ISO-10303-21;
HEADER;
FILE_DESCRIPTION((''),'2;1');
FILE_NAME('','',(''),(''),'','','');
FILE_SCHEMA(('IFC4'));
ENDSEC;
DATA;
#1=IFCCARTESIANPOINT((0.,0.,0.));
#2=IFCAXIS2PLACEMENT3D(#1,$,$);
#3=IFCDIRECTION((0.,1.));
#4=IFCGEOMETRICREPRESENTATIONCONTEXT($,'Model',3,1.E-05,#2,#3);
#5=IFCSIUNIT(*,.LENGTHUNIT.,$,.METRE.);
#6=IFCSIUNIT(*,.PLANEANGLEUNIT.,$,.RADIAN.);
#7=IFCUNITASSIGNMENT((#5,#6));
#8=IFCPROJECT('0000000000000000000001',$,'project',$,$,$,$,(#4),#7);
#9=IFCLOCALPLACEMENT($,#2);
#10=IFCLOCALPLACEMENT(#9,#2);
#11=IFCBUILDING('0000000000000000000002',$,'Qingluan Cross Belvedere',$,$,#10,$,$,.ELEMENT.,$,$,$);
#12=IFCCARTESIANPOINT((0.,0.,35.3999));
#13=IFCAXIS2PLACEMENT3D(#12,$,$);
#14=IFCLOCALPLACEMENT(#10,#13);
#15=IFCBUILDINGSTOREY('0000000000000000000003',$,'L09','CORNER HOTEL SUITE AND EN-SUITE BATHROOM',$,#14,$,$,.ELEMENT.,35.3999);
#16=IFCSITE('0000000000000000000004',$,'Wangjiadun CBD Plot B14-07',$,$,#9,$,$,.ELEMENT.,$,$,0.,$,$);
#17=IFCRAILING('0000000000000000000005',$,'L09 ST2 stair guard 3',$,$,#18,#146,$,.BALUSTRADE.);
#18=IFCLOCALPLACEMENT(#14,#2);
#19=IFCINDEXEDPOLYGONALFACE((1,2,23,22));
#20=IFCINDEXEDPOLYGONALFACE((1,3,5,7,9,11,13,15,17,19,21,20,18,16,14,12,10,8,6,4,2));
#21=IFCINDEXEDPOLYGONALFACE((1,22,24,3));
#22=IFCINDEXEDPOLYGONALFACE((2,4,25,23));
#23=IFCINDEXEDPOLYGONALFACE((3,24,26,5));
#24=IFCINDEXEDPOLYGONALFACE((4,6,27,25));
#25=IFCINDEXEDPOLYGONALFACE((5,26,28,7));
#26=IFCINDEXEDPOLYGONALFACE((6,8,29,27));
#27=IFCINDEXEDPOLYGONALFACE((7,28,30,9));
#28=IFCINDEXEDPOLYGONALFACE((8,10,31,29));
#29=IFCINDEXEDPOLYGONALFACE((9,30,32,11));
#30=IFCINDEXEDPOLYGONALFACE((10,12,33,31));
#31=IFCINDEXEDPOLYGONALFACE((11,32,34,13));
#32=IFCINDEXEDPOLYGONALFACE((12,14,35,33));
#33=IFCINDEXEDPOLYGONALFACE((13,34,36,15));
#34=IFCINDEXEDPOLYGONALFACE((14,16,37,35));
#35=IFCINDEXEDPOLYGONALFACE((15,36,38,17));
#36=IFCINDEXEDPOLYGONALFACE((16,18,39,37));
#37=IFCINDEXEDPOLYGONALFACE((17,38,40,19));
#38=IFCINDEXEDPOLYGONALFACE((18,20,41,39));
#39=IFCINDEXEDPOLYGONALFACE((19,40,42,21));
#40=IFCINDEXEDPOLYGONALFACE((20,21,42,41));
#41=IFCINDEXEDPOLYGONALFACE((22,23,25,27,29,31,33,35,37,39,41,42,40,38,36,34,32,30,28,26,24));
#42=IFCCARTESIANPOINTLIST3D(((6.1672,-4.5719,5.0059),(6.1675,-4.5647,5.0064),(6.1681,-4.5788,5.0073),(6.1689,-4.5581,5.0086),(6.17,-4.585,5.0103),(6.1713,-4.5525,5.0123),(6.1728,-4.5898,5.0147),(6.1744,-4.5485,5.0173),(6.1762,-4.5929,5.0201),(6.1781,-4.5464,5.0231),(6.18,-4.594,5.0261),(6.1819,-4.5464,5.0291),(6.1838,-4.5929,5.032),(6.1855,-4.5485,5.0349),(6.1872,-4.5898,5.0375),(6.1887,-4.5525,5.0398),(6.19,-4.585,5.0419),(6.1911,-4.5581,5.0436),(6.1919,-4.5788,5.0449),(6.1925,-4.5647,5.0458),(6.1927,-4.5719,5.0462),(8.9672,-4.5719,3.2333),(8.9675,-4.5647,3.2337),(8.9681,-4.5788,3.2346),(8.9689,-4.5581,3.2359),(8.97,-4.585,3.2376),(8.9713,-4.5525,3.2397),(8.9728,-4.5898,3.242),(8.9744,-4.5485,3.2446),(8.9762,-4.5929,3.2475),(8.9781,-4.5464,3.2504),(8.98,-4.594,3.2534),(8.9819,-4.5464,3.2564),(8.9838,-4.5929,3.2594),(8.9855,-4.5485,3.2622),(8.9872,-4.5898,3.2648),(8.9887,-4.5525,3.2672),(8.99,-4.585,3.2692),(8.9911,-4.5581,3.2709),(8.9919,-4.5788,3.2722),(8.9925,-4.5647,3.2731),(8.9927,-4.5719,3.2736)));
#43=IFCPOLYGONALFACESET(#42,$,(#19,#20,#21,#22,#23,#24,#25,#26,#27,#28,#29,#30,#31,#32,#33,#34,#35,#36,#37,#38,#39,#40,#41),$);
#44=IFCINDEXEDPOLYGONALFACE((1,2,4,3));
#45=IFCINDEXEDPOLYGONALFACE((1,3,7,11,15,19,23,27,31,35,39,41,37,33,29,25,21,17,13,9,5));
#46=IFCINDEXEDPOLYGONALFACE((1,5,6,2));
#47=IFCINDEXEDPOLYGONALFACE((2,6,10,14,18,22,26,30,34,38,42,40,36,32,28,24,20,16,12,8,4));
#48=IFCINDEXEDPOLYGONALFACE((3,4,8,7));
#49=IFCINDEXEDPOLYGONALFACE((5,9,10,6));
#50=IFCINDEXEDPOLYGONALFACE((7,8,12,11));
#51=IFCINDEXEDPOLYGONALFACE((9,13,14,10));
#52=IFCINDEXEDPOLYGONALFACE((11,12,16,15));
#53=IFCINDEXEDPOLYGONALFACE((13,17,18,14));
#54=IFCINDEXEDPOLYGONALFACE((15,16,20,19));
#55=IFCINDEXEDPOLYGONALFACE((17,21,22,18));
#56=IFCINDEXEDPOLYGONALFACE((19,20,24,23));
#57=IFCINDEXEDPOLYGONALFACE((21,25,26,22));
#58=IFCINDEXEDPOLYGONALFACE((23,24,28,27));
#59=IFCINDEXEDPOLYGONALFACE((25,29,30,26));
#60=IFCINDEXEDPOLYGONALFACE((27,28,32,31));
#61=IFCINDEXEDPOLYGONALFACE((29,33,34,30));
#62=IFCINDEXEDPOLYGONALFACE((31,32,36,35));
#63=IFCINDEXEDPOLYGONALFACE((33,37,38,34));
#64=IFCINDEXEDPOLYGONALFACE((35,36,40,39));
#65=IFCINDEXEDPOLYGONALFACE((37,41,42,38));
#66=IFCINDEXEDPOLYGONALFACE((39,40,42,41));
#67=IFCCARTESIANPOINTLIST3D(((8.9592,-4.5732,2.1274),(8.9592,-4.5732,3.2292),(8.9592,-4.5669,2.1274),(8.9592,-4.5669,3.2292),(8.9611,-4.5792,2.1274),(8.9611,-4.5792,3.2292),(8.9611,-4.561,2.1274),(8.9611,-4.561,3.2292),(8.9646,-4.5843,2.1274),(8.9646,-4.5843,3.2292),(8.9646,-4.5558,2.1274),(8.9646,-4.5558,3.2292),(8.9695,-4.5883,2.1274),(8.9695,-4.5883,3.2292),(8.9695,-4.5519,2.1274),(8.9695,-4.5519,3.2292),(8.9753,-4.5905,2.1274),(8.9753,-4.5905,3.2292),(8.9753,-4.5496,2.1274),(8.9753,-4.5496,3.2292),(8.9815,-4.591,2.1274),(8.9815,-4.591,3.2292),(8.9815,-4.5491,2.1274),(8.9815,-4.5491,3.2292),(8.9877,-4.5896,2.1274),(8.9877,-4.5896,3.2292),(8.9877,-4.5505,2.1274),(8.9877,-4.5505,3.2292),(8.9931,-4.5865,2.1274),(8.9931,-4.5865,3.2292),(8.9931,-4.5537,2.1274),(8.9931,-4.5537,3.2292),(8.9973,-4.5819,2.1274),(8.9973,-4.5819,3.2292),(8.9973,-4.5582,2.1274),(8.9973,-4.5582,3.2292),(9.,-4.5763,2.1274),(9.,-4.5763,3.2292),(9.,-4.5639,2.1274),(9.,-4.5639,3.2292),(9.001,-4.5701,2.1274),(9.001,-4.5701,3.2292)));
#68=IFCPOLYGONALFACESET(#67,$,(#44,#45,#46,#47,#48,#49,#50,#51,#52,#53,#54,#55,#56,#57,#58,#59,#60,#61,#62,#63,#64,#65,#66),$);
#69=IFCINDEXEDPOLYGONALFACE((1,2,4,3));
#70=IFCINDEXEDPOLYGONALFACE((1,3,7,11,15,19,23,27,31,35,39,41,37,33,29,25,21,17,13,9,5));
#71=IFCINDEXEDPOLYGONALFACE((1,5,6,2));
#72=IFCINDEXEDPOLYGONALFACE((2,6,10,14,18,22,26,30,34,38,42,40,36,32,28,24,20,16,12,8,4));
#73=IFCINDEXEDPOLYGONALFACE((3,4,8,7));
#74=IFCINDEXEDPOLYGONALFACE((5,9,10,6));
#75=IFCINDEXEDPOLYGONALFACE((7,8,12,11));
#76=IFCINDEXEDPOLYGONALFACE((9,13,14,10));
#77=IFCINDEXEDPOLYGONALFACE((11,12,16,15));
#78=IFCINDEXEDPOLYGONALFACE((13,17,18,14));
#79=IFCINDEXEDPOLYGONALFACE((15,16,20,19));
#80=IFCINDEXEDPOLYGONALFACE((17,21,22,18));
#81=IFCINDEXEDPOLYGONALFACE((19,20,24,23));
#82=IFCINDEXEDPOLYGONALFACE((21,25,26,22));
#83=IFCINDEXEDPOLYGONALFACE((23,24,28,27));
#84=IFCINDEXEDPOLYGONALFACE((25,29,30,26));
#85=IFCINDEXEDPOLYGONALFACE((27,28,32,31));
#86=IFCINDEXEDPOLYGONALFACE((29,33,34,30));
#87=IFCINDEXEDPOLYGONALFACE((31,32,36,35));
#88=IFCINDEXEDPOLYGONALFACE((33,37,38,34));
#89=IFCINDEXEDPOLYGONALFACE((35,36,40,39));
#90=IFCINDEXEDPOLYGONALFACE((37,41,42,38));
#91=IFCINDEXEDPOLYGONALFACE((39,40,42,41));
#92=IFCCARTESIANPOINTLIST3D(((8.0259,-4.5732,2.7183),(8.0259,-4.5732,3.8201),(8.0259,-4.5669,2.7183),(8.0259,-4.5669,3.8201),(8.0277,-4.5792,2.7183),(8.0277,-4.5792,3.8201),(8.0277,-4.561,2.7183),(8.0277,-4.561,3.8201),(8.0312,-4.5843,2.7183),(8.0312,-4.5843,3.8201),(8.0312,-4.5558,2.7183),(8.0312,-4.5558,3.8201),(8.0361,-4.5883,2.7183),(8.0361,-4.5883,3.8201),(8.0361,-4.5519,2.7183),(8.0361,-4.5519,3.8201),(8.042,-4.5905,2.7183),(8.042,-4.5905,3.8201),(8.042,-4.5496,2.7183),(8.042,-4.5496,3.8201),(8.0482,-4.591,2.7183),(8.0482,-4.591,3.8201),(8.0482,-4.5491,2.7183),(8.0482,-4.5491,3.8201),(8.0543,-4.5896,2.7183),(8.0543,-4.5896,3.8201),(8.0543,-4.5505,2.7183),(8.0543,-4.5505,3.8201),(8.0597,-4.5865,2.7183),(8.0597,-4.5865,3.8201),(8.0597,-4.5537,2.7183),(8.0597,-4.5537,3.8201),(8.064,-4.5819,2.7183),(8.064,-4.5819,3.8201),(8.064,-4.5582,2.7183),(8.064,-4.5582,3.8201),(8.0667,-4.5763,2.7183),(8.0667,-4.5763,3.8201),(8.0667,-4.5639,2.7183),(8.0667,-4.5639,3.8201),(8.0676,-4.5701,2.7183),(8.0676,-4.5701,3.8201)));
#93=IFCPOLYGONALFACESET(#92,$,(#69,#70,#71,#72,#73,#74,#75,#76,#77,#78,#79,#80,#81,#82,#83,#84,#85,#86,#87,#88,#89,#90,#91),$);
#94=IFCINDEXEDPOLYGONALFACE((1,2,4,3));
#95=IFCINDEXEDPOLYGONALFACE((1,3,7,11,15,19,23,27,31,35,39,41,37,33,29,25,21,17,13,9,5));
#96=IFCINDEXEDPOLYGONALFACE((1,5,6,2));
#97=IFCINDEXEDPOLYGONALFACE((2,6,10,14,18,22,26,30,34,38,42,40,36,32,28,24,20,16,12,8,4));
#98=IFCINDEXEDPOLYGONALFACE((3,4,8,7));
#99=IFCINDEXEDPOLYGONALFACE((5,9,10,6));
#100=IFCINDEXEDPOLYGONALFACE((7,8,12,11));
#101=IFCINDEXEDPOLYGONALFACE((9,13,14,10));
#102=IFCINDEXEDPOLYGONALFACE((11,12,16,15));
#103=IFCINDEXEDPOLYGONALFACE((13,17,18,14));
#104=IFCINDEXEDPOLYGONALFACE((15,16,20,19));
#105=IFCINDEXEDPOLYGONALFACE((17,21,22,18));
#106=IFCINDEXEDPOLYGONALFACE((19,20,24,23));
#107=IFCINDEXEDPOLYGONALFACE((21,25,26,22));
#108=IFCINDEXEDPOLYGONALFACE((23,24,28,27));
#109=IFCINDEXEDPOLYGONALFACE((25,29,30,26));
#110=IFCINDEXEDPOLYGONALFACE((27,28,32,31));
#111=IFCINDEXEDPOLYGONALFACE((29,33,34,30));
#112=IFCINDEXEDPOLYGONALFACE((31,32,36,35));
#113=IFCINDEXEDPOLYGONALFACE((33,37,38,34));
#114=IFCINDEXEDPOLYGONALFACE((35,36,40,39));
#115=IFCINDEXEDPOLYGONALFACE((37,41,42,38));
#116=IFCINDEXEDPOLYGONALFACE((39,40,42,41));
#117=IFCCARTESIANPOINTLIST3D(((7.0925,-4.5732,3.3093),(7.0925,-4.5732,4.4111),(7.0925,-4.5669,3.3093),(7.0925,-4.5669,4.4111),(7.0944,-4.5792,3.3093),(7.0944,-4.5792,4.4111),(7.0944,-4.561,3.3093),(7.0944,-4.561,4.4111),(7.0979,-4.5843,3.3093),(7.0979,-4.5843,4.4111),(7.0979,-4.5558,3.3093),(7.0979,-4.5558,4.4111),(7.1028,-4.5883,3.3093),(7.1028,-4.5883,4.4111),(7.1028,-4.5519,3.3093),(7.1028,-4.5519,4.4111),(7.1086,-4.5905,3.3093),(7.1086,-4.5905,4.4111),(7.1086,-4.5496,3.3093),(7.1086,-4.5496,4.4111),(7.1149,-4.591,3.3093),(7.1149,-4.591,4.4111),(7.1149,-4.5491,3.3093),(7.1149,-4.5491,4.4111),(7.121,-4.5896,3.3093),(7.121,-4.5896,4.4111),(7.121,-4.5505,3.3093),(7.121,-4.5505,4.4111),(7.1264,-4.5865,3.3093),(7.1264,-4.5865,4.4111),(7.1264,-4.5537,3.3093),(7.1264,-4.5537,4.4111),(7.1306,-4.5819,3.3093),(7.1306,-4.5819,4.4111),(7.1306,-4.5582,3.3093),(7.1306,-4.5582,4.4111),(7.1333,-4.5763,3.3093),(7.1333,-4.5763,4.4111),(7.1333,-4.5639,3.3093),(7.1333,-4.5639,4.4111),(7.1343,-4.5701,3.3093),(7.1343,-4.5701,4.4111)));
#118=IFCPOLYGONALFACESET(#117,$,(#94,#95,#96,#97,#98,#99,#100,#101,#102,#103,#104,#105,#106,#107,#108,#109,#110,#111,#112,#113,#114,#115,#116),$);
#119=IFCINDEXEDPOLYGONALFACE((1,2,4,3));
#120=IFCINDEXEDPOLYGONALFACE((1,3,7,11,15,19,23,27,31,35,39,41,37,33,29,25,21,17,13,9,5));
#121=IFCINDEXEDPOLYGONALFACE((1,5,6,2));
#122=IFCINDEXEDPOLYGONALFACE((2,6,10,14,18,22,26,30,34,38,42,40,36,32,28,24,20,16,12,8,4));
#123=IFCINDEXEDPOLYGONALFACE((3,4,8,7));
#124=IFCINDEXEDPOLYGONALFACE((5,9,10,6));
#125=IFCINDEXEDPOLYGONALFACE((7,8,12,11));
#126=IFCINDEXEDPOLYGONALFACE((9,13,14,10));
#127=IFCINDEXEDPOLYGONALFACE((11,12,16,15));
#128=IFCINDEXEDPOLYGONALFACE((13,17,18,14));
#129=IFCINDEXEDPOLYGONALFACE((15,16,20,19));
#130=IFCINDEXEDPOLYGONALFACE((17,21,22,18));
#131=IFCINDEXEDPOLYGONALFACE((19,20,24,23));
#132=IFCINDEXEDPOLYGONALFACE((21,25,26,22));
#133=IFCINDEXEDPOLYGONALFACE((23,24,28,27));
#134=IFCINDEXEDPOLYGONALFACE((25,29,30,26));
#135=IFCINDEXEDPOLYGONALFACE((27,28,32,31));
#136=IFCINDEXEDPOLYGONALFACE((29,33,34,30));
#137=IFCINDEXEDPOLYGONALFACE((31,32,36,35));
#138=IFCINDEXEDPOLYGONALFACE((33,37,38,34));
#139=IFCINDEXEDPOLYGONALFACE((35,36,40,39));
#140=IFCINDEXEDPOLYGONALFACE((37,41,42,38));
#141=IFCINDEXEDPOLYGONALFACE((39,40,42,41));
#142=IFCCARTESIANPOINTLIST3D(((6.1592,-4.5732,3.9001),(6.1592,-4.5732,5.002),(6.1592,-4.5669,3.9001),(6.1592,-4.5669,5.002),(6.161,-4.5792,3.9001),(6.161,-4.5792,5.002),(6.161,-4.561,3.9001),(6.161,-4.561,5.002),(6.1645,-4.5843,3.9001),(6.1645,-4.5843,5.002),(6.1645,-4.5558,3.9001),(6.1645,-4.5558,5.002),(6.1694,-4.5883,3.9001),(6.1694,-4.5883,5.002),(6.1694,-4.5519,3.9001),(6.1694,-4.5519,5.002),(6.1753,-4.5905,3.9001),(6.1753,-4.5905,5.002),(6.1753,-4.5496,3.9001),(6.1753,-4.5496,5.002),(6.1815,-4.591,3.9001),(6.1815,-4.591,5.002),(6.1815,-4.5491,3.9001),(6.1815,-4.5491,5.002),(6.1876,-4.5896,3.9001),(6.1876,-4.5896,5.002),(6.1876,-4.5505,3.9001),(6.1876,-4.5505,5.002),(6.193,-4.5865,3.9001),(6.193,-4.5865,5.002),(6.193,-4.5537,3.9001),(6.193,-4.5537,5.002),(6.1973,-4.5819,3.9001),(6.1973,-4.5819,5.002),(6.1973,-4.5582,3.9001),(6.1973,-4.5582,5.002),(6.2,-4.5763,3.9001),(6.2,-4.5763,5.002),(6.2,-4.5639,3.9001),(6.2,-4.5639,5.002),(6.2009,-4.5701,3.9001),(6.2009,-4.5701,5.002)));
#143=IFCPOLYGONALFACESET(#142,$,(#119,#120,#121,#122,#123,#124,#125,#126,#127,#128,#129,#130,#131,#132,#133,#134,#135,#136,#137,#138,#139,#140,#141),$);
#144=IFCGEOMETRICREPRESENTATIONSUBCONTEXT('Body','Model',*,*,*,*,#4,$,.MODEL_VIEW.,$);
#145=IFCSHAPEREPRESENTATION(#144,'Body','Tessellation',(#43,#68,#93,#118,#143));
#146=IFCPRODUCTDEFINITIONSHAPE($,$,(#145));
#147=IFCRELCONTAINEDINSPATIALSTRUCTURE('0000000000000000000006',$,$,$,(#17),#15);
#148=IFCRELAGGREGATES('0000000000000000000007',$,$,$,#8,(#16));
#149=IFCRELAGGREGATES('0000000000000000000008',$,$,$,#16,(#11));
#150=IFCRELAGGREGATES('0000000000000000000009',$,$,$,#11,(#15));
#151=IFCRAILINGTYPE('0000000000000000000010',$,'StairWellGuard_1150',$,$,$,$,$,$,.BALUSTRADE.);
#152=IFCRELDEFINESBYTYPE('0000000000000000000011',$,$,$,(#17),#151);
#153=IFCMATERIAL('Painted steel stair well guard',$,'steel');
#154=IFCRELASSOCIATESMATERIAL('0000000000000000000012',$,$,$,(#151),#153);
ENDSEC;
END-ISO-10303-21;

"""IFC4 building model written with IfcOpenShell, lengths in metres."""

from ifc_helpers import new_model, si_unit, direction, frame, origin, origin_2d, place, context, subcontext, project, spatial, circle, extrude, material, type_object, element, save


model = new_model("IFC4")

# Units and contexts
model_context = context("Model", 3, precision=1e-05, world=origin(), true_north=direction((0.0, 1.0)))
body_context = subcontext(model_context, "Body", "Model", "MODEL_VIEW")
ifc_project = project(units=[si_unit("LENGTHUNIT", "METRE"), si_unit("PLANEANGLEUNIT", "RADIAN")], contexts=[model_context])

# Site, building, storey
site_placement = place(None, origin())
site = spatial("IfcSite", under=ifc_project, at=site_placement, Name="Wangjiadun CBD Plot B14-07", CompositionType="ELEMENT", RefElevation=0.0)
building_placement = place(site_placement, origin())
building = spatial("IfcBuilding", under=site, at=building_placement, Name="Qingluan Cross Belvedere", CompositionType="ELEMENT")
storey_placement = place(building_placement, frame((0.0, 0.0, 35.3999)))
storey = spatial("IfcBuildingStorey", under=building, at=storey_placement, Name="L09", Description="CORNER HOTEL SUITE AND EN-SUITE BATHROOM", CompositionType="ELEMENT", Elevation=35.3999)

# Railing
ifc_material_1 = material(Name="Painted steel stair well guard", Category="steel")
railing_type_1 = type_object("IfcRailingType", Name="StairWellGuard_1150", PredefinedType="BALUSTRADE", material=ifc_material_1)
railing_1_placement = place(storey_placement, frame((8.98, -4.5701, 2.1274)))
element("IfcRailing", 1, at=railing_1_placement, inside=storey, type_object=railing_type_1, Name="L09 ST2 stair guard 3", PredefinedType="BALUSTRADE", context=body_context, shape_type="SweptSolid", body=[
    extrude(circle(Radius=0.0239, at=origin_2d()), frame((0.0, 0.0, 1.126), z_axis=(-0.844909, 0.0, 0.53491), x_axis=(0.0, -1.0, 0.0)), (0.0, 0.0, 1.0), 3.314),
    extrude(circle(Radius=0.021, at=origin_2d()), origin(), (0.0, 0.0, 1.0), 1.1018),
    extrude(circle(Radius=0.021, at=origin_2d()), frame((-0.9333, 0.0, 0.5908)), (0.0, 0.0, 1.0), 1.1018),
    extrude(circle(Radius=0.021, at=origin_2d()), frame((-1.8667, 0.0, 1.1819)), (0.0, 0.0, 1.0), 1.1018),
    extrude(circle(Radius=0.021, at=origin_2d()), frame((-2.8, 0.0, 1.7727)), (0.0, 0.0, 1.0), 1.1018),
])

save(model, "model.ifc")
